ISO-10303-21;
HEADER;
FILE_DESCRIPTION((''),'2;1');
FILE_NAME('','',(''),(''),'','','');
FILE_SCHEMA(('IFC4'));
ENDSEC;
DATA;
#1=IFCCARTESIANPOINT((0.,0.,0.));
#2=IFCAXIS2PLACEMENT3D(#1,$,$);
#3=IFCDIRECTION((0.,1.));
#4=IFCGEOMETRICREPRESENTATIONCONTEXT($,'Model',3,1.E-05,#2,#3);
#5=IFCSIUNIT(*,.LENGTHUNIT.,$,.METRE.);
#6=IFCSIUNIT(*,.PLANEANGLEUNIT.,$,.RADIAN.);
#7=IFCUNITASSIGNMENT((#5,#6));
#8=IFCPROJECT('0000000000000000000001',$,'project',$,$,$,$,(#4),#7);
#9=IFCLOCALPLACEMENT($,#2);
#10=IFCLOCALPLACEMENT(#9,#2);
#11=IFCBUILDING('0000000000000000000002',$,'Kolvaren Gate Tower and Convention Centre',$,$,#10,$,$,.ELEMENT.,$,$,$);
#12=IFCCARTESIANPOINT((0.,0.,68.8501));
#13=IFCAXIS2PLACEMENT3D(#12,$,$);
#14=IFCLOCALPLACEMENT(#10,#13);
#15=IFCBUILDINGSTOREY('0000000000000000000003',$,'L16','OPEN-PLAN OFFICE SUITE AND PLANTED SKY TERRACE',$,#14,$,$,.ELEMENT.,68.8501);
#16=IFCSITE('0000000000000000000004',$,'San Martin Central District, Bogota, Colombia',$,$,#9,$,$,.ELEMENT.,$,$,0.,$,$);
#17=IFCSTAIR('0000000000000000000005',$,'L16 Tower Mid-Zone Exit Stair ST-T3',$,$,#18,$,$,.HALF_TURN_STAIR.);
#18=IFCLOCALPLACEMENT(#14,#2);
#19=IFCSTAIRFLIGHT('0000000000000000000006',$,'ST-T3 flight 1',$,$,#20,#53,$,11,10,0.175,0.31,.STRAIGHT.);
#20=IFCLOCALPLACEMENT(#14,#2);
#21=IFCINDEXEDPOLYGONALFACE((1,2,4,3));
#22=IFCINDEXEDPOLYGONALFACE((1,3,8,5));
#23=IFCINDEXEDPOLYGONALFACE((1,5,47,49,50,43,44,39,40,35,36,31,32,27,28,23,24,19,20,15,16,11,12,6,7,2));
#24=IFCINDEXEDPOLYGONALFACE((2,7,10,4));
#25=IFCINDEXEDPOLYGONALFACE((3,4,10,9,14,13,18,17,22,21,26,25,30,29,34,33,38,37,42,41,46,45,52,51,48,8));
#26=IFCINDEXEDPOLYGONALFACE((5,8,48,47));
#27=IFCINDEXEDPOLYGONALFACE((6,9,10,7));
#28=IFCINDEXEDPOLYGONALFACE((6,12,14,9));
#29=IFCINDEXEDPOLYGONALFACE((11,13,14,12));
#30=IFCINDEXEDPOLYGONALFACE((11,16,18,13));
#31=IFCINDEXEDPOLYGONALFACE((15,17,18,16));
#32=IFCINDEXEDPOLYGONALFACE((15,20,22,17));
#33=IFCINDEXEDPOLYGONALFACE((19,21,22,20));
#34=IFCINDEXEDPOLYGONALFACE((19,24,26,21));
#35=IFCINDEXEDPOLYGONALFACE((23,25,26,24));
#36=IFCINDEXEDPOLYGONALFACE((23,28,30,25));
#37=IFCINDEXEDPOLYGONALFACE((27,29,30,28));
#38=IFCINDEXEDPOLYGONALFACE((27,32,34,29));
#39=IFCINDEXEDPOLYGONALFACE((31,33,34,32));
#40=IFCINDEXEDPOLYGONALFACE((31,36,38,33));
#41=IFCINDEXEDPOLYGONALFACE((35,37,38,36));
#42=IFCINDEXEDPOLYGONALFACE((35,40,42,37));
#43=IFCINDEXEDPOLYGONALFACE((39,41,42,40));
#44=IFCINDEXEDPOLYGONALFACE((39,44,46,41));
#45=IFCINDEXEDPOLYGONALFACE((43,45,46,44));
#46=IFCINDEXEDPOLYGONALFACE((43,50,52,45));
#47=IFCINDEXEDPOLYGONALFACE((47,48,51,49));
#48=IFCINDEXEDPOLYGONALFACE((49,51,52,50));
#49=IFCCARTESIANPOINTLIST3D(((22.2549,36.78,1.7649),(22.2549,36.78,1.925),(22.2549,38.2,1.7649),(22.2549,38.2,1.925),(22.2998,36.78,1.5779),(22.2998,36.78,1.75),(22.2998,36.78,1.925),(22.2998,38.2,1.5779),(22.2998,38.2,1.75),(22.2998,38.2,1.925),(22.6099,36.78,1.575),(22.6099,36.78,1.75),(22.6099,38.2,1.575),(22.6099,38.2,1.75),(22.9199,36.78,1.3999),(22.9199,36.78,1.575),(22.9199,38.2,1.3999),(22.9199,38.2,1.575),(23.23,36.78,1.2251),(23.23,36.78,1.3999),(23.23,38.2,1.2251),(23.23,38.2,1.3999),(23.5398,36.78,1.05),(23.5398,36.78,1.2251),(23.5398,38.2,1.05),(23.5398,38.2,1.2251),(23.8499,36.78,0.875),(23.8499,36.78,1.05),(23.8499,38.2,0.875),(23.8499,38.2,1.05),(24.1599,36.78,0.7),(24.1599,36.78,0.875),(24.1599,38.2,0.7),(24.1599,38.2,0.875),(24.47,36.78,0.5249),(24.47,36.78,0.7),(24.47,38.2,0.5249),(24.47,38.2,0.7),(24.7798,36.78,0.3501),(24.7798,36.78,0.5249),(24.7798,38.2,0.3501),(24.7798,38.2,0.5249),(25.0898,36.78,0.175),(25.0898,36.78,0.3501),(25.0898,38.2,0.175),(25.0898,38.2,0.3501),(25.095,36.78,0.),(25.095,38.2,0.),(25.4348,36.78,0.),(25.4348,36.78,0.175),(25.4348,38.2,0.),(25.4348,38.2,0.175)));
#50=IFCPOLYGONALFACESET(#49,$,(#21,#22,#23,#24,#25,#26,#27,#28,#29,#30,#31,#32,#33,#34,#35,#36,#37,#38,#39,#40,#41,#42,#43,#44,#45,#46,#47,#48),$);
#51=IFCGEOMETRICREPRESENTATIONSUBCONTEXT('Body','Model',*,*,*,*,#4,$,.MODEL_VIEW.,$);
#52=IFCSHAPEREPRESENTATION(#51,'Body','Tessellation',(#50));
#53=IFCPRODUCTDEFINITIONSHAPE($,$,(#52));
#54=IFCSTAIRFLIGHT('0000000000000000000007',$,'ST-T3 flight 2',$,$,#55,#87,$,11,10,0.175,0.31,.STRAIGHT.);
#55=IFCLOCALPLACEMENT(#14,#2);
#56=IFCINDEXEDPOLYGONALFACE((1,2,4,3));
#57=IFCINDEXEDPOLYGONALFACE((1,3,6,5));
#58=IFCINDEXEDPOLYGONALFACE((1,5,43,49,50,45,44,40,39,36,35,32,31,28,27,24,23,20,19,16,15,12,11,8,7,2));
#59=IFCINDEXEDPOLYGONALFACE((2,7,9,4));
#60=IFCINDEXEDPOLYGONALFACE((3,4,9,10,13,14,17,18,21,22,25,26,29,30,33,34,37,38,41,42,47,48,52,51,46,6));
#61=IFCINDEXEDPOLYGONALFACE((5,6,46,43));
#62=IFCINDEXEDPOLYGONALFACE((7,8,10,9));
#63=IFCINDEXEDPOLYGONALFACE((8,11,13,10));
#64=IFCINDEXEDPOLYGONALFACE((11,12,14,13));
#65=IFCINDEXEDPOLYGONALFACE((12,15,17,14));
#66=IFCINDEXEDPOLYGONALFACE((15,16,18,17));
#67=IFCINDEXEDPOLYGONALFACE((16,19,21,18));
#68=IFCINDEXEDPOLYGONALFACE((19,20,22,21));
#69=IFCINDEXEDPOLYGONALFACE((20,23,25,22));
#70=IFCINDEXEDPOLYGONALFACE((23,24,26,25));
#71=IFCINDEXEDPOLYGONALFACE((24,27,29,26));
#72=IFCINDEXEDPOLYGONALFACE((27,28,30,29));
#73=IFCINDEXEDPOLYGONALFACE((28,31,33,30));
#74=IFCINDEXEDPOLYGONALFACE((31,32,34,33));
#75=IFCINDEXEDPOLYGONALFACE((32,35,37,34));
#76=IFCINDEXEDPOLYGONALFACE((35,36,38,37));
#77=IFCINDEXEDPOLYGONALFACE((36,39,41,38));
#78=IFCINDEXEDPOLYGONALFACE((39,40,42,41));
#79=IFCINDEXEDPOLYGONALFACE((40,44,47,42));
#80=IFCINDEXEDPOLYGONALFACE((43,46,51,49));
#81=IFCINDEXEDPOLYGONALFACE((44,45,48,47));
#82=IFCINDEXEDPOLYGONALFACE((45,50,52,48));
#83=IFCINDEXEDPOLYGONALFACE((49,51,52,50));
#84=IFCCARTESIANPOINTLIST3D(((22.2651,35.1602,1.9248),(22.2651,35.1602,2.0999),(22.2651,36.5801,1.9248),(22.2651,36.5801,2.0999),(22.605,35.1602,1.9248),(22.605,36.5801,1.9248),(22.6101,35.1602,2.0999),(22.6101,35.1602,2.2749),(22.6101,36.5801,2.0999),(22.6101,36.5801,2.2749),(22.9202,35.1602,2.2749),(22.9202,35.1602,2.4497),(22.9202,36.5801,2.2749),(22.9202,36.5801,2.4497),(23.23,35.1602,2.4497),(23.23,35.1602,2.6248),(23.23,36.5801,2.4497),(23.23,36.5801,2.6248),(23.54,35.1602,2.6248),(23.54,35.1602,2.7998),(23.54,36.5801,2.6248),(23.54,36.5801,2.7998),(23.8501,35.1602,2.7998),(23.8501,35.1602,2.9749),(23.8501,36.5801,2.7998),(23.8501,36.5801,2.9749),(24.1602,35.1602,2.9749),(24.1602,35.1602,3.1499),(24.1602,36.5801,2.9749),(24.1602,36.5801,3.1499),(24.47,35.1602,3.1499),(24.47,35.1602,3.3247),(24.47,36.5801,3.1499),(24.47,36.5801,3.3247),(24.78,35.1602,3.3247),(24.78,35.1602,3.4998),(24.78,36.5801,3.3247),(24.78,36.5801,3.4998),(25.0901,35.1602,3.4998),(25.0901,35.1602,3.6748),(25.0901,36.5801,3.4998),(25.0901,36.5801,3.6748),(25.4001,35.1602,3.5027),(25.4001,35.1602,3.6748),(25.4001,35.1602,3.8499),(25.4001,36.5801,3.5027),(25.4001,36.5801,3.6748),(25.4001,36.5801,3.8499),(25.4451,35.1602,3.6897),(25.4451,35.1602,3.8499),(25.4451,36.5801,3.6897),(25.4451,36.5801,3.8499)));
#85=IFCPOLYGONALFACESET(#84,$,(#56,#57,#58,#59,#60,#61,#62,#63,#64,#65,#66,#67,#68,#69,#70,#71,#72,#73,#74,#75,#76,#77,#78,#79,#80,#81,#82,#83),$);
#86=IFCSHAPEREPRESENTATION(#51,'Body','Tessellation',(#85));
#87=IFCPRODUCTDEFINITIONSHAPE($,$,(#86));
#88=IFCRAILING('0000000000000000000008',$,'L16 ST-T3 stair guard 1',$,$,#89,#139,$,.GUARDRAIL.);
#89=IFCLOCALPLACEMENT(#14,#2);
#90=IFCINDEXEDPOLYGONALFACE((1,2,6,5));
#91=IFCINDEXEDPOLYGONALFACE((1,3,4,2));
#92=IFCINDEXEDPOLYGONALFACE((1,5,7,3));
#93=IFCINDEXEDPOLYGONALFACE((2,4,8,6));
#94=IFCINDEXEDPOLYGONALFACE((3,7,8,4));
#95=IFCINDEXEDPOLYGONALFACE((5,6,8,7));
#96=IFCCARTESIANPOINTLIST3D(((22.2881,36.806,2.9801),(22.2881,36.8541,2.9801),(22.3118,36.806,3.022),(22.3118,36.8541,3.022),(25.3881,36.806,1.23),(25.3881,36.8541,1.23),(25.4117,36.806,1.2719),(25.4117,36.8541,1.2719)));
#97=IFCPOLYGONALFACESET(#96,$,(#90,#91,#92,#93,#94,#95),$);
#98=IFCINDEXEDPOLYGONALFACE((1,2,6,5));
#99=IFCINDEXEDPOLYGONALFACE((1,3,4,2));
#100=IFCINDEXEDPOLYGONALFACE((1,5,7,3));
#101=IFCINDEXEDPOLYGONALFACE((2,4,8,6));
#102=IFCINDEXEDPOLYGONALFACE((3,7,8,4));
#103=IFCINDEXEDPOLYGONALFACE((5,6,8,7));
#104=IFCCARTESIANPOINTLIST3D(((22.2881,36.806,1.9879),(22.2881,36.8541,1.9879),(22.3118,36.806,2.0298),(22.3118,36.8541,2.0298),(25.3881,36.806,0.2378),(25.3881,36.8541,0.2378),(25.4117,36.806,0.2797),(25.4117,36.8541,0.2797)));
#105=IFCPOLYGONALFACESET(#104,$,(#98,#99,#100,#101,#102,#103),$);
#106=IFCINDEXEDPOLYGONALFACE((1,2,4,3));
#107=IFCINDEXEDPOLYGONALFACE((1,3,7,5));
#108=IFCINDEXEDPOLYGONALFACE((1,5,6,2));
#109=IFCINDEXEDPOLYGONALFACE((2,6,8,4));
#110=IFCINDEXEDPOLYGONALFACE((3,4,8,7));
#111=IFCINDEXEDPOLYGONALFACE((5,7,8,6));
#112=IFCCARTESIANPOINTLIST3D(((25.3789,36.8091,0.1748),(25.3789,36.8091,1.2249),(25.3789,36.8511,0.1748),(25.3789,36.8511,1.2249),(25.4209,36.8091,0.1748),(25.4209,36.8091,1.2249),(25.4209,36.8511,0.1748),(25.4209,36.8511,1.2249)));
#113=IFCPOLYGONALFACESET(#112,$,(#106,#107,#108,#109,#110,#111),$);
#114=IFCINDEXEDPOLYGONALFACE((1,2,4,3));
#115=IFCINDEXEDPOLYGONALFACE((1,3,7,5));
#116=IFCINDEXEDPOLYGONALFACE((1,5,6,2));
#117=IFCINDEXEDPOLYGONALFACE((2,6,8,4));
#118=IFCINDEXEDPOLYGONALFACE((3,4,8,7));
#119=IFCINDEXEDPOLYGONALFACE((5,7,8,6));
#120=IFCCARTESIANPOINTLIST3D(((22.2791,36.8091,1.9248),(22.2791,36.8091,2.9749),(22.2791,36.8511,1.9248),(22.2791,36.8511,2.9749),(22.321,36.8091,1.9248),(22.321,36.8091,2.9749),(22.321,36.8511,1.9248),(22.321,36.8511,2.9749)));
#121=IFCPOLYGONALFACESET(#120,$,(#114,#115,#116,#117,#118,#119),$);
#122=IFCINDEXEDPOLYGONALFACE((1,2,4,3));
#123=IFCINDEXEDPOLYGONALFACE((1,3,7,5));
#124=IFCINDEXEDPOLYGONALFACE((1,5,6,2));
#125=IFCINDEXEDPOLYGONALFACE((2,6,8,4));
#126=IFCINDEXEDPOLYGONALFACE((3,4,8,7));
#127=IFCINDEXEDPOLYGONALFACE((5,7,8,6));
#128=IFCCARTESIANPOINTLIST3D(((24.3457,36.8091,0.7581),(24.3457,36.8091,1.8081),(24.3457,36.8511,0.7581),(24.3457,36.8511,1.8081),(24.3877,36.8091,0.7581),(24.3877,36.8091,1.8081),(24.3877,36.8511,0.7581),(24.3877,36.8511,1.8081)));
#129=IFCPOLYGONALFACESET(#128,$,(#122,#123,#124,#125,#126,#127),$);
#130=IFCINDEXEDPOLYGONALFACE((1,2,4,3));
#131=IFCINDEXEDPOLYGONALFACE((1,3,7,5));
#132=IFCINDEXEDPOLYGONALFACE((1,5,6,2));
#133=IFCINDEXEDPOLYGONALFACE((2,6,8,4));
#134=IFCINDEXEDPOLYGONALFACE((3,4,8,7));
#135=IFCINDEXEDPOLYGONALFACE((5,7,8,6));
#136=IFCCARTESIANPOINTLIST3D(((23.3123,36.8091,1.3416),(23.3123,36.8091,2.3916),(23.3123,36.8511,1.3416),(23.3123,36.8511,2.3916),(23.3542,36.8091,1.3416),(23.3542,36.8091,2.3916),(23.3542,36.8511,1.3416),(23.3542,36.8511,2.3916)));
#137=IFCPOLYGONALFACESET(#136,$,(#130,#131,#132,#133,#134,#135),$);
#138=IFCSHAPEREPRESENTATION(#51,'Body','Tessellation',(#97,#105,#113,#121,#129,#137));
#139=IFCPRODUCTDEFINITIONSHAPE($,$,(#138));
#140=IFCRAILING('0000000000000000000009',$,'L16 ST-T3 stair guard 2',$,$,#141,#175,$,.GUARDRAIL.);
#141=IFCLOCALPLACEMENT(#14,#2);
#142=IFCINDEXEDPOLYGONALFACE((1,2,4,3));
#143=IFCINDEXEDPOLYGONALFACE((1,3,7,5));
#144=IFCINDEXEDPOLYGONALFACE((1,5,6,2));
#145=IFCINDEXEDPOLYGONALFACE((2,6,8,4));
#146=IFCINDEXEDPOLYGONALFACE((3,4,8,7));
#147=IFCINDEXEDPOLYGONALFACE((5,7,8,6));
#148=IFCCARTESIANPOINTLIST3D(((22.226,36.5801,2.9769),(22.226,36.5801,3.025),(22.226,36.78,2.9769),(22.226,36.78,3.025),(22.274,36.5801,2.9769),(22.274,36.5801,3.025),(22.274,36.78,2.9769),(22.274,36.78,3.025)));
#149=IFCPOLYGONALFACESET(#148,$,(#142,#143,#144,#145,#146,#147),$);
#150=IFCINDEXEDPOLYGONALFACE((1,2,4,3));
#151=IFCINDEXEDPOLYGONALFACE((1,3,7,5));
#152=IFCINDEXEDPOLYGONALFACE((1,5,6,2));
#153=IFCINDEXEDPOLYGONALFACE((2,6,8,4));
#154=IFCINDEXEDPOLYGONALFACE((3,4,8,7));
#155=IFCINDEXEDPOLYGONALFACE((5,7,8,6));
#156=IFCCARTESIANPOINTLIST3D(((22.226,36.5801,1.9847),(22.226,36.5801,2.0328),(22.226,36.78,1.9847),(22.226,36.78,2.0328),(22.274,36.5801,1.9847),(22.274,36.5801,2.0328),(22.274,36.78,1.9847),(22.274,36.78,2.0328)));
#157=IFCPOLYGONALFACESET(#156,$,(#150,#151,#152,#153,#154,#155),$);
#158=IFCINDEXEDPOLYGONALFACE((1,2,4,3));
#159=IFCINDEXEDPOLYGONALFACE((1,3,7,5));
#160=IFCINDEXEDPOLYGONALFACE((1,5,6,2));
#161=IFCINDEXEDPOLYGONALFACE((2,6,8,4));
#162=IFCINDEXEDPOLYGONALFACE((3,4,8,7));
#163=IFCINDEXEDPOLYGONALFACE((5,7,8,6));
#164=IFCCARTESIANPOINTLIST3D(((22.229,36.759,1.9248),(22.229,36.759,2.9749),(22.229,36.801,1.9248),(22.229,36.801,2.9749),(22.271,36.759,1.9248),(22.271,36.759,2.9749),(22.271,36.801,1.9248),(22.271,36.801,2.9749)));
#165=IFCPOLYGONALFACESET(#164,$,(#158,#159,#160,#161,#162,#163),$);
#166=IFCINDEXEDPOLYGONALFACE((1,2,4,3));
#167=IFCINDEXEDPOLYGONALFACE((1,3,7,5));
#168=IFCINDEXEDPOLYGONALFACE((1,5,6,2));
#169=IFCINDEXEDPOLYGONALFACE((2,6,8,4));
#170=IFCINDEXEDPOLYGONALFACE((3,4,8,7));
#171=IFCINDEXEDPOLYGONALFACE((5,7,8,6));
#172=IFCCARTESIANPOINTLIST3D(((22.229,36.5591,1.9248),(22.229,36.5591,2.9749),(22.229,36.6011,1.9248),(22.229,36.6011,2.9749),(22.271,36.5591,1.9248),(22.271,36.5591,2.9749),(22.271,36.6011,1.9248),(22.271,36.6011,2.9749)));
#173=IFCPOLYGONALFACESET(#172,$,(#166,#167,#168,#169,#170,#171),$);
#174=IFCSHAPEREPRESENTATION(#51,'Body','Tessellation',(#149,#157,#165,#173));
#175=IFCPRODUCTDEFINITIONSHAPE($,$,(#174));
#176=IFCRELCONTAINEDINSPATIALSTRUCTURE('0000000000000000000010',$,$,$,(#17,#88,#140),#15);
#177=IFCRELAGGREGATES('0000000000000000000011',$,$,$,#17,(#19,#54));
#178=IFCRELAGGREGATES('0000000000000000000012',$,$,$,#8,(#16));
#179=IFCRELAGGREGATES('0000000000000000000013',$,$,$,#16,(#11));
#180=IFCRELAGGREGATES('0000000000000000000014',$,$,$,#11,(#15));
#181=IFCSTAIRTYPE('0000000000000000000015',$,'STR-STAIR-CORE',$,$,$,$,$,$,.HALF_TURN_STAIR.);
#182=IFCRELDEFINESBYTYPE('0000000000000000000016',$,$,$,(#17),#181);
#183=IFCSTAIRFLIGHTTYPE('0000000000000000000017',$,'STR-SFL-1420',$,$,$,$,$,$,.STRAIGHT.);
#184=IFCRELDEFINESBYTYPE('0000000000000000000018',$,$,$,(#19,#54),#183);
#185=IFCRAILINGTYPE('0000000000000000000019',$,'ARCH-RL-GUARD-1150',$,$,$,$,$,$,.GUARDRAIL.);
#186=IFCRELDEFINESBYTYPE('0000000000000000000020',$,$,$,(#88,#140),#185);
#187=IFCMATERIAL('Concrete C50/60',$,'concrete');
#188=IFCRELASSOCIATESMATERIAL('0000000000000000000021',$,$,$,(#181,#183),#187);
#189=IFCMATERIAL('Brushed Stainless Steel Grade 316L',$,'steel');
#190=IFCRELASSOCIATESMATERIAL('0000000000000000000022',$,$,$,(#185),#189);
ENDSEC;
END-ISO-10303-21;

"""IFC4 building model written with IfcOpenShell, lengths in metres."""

from ifc_helpers import new_model, si_unit, direction, frame, origin, origin_2d, place, context, subcontext, project, spatial, polyline, rectangle, outline, extrude, material, type_object, element, aggregate, save


model = new_model("IFC4")

# Units and contexts
model_context = context("Model", 3, precision=1e-05, world=origin(), true_north=direction((0.0, 1.0)))
body_context = subcontext(model_context, "Body", "Model", "MODEL_VIEW")
ifc_project = project(units=[si_unit("LENGTHUNIT", "METRE"), si_unit("PLANEANGLEUNIT", "RADIAN")], contexts=[model_context])

# Site, building, storey
site_placement = place(None, origin())
site = spatial("IfcSite", under=ifc_project, at=site_placement, Name="San Martin Central District, Bogota, Colombia", CompositionType="ELEMENT", RefElevation=0.0)
building_placement = place(site_placement, origin())
building = spatial("IfcBuilding", under=site, at=building_placement, Name="Kolvaren Gate Tower and Convention Centre", CompositionType="ELEMENT")
storey_placement = place(building_placement, frame((0.0, 0.0, 68.8501)))
storey = spatial("IfcBuildingStorey", under=building, at=storey_placement, Name="L16", Description="OPEN-PLAN OFFICE SUITE AND PLANTED SKY TERRACE", CompositionType="ELEMENT", Elevation=68.8501)

# Shared definitions
ifc_material_1 = material(Name="Concrete C50/60", Category="concrete")

# Shared definitions
stair_type = type_object("IfcStairType", Name="STR-STAIR-CORE", PredefinedType="HALF_TURN_STAIR", material=ifc_material_1)
stair_flight_type = type_object("IfcStairFlightType", Name="STR-SFL-1420", PredefinedType="STRAIGHT", material=ifc_material_1)

# Stair, stair flights
stair_1_placement = place(storey_placement, origin())
stair_1 = element("IfcStair", 1, at=stair_1_placement, inside=storey, type_object=stair_type, Name="L16 Tower Mid-Zone Exit Stair ST-T3", PredefinedType="HALF_TURN_STAIR")
stair_flight_1_placement = place(storey_placement, frame((25.3999, 37.49, 0.0), z_axis=(0.0, 0.0, 1.0), x_axis=(-1.0, 0.0, 0.0)))
stair_flight_1 = element("IfcStairFlight", 2, at=stair_flight_1_placement, type_object=stair_flight_type, Name="ST-T3 flight 1", NumberOfRisers=11, NumberOfTreads=10, PredefinedType="STRAIGHT", RiserHeight=0.175, TreadLength=0.31, context=body_context, shape_type="SweptSolid", body=[
    extrude(outline(polyline([(-0.0349, 0.0), (-0.0349, 0.175), (0.3101, 0.175), (0.3101, 0.3501), (0.6201, 0.3501), (0.6201, 0.5249), (0.9299, 0.5249), (0.9299, 0.7), (1.24, 0.7), (1.24, 0.875), (1.55, 0.875), (1.55, 1.05), (1.8601, 1.05), (1.8601, 1.2251), (2.1699, 1.2251), (2.1699, 1.3999), (2.48, 1.3999), (2.48, 1.575), (2.79, 1.575), (2.79, 1.75), (3.1001, 1.75), (3.1001, 1.925), (3.145, 1.925), (3.145, 1.7649), (3.1001, 1.5779), (0.3049, 0.0), (-0.0349, 0.0)])), frame((0.0, 0.71, 0.0), z_axis=(0.0, -1.0, 0.0), x_axis=(1.0, 0.0, 0.0)), (0.0, 0.0, 1.0), 1.4199),
])
stair_flight_2_placement = place(storey_placement, frame((22.3, 35.8701, 1.9248), z_axis=(0.0, 0.0, 1.0), x_axis=(1.0, 0.0, 0.0)))
stair_flight_2 = element("IfcStairFlight", 3, at=stair_flight_2_placement, type_object=stair_flight_type, Name="ST-T3 flight 2", NumberOfRisers=11, NumberOfTreads=10, PredefinedType="STRAIGHT", RiserHeight=0.175, TreadLength=0.31, context=body_context, shape_type="SweptSolid", body=[
    extrude(outline(polyline([(-0.0349, 0.0), (-0.0349, 0.175), (0.3101, 0.175), (0.3101, 0.3501), (0.6201, 0.3501), (0.6201, 0.5249), (0.9299, 0.5249), (0.9299, 0.7), (1.24, 0.7), (1.24, 0.875), (1.55, 0.875), (1.55, 1.05), (1.8601, 1.05), (1.8601, 1.2251), (2.1699, 1.2251), (2.1699, 1.3999), (2.48, 1.3999), (2.48, 1.575), (2.79, 1.575), (2.79, 1.75), (3.1001, 1.75), (3.1001, 1.925), (3.145, 1.925), (3.145, 1.7649), (3.1001, 1.5779), (0.3049, 0.0), (-0.0349, 0.0)])), frame((0.0, 0.71, 0.0), z_axis=(0.0, -1.0, 0.0), x_axis=(1.0, 0.0, 0.0)), (0.0, 0.0, 1.0), 1.4199),
])
aggregate(stair_1, [stair_flight_1, stair_flight_2])

# Railings
ifc_material_2 = material(Name="Brushed Stainless Steel Grade 316L", Category="steel")
railing_type_1 = type_object("IfcRailingType", Name="ARCH-RL-GUARD-1150", PredefinedType="GUARDRAIL", material=ifc_material_2)
railing_1_placement = place(storey_placement, frame((25.3999, 36.8301, 0.1748)))
element("IfcRailing", 4, at=railing_1_placement, inside=storey, type_object=railing_type_1, Name="L16 ST-T3 stair guard 1", PredefinedType="GUARDRAIL", context=body_context, shape_type="SweptSolid", body=[
    extrude(rectangle(XDim=0.0481, YDim=0.0481, at=origin_2d()), frame((0.0, 0.0, 1.0762), z_axis=(-0.870814, 0.0, 0.491612), x_axis=(0.0, -1.0, 0.0)), (0.0, 0.0, 1.0), 3.5598),
    extrude(rectangle(XDim=0.0481, YDim=0.0481, at=origin_2d()), frame((0.0, 0.0, 0.084), z_axis=(-0.870814, 0.0, 0.491612), x_axis=(0.0, -1.0, 0.0)), (0.0, 0.0, 1.0), 3.5598),
    extrude(rectangle(XDim=0.042, YDim=0.042, at=origin_2d()), origin(), (0.0, 0.0, 1.0), 1.05),
    extrude(rectangle(XDim=0.042, YDim=0.042, at=origin_2d()), frame((-3.0999, 0.0, 1.75)), (0.0, 0.0, 1.0), 1.05),
    extrude(rectangle(XDim=0.042, YDim=0.042, at=origin_2d()), frame((-1.0332, 0.0, 0.5833)), (0.0, 0.0, 1.0), 1.05),
    extrude(rectangle(XDim=0.042, YDim=0.042, at=origin_2d()), frame((-2.0667, 0.0, 1.1667)), (0.0, 0.0, 1.0), 1.05),
])
railing_2_placement = place(storey_placement, frame((22.25, 36.78, 1.9248)))
element("IfcRailing", 5, at=railing_2_placement, inside=storey, type_object=railing_type_1, Name="L16 ST-T3 stair guard 2", PredefinedType="GUARDRAIL", context=body_context, shape_type="SweptSolid", body=[
    extrude(rectangle(XDim=0.0481, YDim=0.0481, at=origin_2d()), frame((0.0, 0.0, 1.0762), z_axis=(0.0, -1.0, 0.0), x_axis=(1.0, 0.0, 0.0)), (0.0, 0.0, 1.0), 0.2),
    extrude(rectangle(XDim=0.0481, YDim=0.0481, at=origin_2d()), frame((0.0, 0.0, 0.084), z_axis=(0.0, -1.0, 0.0), x_axis=(1.0, 0.0, 0.0)), (0.0, 0.0, 1.0), 0.2),
    extrude(rectangle(XDim=0.042, YDim=0.042, at=origin_2d()), origin(), (0.0, 0.0, 1.0), 1.05),
    extrude(rectangle(XDim=0.042, YDim=0.042, at=origin_2d()), frame((0.0, -0.2, 0.0)), (0.0, 0.0, 1.0), 1.05),
])

save(model, "model.ifc")
